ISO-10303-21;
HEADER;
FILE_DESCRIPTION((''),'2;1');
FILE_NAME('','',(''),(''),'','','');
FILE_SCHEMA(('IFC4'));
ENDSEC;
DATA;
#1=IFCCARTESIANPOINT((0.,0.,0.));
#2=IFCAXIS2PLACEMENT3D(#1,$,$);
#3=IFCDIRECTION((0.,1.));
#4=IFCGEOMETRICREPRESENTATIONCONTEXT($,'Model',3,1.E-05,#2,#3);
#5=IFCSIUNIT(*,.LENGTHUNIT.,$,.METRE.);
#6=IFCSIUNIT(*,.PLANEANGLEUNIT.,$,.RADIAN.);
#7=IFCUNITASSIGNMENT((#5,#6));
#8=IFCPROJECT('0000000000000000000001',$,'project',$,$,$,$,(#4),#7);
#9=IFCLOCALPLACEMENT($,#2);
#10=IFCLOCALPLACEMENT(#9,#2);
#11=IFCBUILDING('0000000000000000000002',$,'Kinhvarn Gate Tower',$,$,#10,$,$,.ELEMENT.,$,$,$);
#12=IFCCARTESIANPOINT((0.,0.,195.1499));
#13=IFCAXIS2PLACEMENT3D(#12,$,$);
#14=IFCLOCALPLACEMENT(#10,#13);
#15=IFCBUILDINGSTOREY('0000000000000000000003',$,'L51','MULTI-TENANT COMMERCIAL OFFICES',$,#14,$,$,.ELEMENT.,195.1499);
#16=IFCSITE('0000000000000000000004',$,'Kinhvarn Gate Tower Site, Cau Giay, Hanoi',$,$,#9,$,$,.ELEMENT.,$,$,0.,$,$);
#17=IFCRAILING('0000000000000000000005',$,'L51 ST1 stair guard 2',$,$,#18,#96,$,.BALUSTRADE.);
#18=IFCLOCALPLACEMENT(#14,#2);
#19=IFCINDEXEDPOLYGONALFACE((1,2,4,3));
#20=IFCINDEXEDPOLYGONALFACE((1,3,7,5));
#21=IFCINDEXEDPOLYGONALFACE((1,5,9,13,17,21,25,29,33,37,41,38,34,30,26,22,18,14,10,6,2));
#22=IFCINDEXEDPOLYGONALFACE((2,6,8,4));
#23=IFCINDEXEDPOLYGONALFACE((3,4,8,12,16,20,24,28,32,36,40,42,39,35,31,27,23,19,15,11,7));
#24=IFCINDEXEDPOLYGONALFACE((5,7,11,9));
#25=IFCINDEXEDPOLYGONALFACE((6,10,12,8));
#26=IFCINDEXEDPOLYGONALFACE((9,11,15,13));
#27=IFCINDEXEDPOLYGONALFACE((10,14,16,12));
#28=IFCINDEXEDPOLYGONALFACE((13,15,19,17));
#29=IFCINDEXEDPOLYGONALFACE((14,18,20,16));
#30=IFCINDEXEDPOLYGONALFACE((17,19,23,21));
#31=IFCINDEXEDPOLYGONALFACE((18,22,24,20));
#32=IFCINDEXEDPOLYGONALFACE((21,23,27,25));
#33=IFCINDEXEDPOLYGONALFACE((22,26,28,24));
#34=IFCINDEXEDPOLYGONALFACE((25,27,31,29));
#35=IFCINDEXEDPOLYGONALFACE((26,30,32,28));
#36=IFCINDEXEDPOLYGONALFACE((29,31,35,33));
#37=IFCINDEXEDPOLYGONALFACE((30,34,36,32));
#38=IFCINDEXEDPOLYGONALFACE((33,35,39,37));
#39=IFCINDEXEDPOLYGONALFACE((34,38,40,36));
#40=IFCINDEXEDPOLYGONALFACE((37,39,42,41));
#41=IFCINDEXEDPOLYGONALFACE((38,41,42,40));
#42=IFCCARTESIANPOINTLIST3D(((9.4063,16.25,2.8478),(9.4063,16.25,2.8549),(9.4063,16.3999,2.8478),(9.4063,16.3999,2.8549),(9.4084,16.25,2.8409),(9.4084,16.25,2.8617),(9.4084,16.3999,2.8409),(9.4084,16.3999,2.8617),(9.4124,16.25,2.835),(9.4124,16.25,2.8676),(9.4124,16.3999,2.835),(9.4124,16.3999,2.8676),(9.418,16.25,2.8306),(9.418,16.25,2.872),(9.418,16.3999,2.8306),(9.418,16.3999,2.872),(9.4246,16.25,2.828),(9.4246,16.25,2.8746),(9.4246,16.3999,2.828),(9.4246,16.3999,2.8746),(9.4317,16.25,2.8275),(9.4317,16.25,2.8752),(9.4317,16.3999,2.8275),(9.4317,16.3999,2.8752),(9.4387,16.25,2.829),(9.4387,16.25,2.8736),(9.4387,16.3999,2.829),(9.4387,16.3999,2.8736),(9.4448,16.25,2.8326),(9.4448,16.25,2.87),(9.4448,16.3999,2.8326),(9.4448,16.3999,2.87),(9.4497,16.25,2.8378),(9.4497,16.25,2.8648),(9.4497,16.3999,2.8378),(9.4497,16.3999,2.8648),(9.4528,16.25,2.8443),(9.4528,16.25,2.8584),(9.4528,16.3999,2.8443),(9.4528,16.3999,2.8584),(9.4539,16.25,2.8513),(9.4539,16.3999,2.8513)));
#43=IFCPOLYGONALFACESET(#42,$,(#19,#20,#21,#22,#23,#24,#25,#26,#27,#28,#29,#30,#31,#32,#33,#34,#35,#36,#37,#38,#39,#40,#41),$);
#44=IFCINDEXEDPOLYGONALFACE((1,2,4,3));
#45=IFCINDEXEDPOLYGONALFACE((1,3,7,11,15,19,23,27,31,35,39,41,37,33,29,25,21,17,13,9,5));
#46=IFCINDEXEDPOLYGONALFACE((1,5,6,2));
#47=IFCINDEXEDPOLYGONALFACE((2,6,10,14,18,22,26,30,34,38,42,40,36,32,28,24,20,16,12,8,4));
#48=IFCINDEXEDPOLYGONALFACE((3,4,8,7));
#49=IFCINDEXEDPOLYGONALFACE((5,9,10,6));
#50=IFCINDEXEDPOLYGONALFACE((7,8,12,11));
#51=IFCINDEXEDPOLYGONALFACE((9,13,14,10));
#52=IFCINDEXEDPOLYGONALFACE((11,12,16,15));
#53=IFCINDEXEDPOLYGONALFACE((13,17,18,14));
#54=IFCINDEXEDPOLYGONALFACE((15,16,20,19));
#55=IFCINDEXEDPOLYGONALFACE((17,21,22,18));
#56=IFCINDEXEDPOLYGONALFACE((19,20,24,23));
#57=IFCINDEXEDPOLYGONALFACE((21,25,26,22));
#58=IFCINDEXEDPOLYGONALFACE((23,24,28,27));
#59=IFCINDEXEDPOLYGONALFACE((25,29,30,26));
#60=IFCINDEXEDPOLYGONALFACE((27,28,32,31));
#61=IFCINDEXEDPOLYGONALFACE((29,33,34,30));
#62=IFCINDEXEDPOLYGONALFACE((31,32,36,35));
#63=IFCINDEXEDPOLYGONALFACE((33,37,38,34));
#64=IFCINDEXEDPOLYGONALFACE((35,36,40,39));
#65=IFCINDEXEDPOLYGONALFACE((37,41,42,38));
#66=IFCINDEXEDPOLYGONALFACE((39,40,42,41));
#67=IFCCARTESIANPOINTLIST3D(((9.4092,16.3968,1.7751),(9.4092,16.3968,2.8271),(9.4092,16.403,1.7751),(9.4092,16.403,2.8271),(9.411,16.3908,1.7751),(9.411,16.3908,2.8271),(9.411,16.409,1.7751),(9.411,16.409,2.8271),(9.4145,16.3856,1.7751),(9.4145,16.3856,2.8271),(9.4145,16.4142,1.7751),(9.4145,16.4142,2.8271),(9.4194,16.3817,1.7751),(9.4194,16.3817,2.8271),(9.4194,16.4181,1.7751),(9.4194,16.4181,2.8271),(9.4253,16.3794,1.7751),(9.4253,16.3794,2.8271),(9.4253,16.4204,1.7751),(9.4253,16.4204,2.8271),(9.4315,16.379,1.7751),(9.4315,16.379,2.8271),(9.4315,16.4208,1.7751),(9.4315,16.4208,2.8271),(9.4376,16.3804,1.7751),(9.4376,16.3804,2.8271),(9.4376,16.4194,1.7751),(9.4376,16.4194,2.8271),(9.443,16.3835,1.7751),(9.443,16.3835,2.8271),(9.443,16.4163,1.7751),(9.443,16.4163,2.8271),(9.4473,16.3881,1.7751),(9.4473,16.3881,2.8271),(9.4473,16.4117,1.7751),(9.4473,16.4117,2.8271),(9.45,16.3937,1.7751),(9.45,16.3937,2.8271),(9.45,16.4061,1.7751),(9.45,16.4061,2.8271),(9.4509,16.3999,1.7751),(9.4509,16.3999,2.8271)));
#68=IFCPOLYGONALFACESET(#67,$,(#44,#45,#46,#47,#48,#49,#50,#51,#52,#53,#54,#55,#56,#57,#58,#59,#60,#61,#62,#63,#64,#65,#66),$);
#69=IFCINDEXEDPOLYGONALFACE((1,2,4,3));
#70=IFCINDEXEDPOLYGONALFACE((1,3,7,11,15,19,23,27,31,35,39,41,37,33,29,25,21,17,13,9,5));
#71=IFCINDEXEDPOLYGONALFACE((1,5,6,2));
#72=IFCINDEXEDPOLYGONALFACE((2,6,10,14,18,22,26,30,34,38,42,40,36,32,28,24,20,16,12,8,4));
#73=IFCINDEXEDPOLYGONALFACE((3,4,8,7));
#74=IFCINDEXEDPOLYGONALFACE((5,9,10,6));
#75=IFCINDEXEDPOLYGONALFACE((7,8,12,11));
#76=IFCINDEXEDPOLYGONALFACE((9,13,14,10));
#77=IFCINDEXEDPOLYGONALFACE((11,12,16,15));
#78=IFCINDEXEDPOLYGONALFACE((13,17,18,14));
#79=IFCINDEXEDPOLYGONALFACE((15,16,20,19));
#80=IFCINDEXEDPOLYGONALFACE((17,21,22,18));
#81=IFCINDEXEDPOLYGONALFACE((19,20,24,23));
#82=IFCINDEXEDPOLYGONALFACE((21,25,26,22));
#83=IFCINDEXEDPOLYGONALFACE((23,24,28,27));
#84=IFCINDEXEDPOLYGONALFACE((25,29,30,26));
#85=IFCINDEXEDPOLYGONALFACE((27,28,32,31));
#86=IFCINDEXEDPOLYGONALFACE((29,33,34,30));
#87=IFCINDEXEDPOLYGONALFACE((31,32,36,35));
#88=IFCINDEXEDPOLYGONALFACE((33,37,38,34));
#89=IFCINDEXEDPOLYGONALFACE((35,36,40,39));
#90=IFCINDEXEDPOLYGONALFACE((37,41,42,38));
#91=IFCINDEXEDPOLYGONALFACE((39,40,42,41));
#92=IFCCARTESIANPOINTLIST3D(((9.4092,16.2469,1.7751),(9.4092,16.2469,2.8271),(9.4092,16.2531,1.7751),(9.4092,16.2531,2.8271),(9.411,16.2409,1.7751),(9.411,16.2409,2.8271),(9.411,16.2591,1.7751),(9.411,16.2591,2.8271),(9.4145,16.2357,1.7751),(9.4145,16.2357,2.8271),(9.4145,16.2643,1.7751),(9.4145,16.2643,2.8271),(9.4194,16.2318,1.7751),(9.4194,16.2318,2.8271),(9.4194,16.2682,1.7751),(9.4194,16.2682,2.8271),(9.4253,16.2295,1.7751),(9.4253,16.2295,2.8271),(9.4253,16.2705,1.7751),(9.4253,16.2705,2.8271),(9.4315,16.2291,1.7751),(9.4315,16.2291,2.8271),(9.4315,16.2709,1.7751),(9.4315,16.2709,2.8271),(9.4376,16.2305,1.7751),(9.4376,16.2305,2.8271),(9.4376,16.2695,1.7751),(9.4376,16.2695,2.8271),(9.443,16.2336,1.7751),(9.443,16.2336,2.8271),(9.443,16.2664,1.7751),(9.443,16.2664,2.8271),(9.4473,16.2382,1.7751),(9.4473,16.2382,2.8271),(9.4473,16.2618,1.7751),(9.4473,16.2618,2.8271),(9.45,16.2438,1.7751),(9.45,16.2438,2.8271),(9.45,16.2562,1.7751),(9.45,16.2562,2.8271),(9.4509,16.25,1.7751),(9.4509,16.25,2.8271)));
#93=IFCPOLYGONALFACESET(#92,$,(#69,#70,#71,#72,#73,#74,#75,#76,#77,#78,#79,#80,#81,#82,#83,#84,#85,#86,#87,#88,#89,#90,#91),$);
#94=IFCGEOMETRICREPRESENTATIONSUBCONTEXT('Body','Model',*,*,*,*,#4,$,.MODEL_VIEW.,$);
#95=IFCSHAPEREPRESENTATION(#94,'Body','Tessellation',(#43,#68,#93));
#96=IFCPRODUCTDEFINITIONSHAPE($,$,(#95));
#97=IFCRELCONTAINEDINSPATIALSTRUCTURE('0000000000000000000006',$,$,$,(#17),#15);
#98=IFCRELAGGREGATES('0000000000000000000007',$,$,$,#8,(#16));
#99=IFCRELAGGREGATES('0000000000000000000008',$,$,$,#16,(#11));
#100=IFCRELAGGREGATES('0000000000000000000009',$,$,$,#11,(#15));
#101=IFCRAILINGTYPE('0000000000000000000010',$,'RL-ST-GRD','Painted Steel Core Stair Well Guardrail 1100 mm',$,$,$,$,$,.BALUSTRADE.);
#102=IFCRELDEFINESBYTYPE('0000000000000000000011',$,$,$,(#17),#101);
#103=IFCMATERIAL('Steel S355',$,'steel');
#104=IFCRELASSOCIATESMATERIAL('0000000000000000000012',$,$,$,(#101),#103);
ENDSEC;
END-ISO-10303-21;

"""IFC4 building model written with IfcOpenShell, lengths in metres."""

from ifc_helpers import new_model, si_unit, direction, frame, origin, origin_2d, place, context, subcontext, project, spatial, circle, extrude, material, type_object, element, save


model = new_model("IFC4")

# Units and contexts
model_context = context("Model", 3, precision=1e-05, world=origin(), true_north=direction((0.0, 1.0)))
body_context = subcontext(model_context, "Body", "Model", "MODEL_VIEW")
ifc_project = project(units=[si_unit("LENGTHUNIT", "METRE"), si_unit("PLANEANGLEUNIT", "RADIAN")], contexts=[model_context])

# Site, building, storey
site_placement = place(None, origin())
site = spatial("IfcSite", under=ifc_project, at=site_placement, Name="Kinhvarn Gate Tower Site, Cau Giay, Hanoi", CompositionType="ELEMENT", RefElevation=0.0)
building_placement = place(site_placement, origin())
building = spatial("IfcBuilding", under=site, at=building_placement, Name="Kinhvarn Gate Tower", CompositionType="ELEMENT")
storey_placement = place(building_placement, frame((0.0, 0.0, 195.1499)))
storey = spatial("IfcBuildingStorey", under=building, at=storey_placement, Name="L51", Description="MULTI-TENANT COMMERCIAL OFFICES", CompositionType="ELEMENT", Elevation=195.1499)

# Shared definitions
ifc_material_1 = material(Name="Steel S355", Category="steel")

# Railing
railing_type_1 = type_object("IfcRailingType", Name="RL-ST-GRD", Description="Painted Steel Core Stair Well Guardrail 1100 mm", PredefinedType="BALUSTRADE", material=ifc_material_1)
railing_1_placement = place(storey_placement, frame((9.4299, 16.3999, 1.7751)))
element("IfcRailing", 1, at=railing_1_placement, inside=storey, type_object=railing_type_1, Name="L51 ST1 stair guard 2", PredefinedType="BALUSTRADE", context=body_context, shape_type="SweptSolid", body=[
    extrude(circle(Radius=0.0239, at=origin_2d()), frame((0.0, 0.0, 1.0762), z_axis=(0.0, -1.0, 0.0), x_axis=(1.0, 0.0, 0.0)), (0.0, 0.0, 1.0), 0.1499),
    extrude(circle(Radius=0.021, at=origin_2d()), origin(), (0.0, 0.0, 1.0), 1.052),
    extrude(circle(Radius=0.021, at=origin_2d()), frame((0.0, -0.1499, 0.0)), (0.0, 0.0, 1.0), 1.052),
])

save(model, "model.ifc")
